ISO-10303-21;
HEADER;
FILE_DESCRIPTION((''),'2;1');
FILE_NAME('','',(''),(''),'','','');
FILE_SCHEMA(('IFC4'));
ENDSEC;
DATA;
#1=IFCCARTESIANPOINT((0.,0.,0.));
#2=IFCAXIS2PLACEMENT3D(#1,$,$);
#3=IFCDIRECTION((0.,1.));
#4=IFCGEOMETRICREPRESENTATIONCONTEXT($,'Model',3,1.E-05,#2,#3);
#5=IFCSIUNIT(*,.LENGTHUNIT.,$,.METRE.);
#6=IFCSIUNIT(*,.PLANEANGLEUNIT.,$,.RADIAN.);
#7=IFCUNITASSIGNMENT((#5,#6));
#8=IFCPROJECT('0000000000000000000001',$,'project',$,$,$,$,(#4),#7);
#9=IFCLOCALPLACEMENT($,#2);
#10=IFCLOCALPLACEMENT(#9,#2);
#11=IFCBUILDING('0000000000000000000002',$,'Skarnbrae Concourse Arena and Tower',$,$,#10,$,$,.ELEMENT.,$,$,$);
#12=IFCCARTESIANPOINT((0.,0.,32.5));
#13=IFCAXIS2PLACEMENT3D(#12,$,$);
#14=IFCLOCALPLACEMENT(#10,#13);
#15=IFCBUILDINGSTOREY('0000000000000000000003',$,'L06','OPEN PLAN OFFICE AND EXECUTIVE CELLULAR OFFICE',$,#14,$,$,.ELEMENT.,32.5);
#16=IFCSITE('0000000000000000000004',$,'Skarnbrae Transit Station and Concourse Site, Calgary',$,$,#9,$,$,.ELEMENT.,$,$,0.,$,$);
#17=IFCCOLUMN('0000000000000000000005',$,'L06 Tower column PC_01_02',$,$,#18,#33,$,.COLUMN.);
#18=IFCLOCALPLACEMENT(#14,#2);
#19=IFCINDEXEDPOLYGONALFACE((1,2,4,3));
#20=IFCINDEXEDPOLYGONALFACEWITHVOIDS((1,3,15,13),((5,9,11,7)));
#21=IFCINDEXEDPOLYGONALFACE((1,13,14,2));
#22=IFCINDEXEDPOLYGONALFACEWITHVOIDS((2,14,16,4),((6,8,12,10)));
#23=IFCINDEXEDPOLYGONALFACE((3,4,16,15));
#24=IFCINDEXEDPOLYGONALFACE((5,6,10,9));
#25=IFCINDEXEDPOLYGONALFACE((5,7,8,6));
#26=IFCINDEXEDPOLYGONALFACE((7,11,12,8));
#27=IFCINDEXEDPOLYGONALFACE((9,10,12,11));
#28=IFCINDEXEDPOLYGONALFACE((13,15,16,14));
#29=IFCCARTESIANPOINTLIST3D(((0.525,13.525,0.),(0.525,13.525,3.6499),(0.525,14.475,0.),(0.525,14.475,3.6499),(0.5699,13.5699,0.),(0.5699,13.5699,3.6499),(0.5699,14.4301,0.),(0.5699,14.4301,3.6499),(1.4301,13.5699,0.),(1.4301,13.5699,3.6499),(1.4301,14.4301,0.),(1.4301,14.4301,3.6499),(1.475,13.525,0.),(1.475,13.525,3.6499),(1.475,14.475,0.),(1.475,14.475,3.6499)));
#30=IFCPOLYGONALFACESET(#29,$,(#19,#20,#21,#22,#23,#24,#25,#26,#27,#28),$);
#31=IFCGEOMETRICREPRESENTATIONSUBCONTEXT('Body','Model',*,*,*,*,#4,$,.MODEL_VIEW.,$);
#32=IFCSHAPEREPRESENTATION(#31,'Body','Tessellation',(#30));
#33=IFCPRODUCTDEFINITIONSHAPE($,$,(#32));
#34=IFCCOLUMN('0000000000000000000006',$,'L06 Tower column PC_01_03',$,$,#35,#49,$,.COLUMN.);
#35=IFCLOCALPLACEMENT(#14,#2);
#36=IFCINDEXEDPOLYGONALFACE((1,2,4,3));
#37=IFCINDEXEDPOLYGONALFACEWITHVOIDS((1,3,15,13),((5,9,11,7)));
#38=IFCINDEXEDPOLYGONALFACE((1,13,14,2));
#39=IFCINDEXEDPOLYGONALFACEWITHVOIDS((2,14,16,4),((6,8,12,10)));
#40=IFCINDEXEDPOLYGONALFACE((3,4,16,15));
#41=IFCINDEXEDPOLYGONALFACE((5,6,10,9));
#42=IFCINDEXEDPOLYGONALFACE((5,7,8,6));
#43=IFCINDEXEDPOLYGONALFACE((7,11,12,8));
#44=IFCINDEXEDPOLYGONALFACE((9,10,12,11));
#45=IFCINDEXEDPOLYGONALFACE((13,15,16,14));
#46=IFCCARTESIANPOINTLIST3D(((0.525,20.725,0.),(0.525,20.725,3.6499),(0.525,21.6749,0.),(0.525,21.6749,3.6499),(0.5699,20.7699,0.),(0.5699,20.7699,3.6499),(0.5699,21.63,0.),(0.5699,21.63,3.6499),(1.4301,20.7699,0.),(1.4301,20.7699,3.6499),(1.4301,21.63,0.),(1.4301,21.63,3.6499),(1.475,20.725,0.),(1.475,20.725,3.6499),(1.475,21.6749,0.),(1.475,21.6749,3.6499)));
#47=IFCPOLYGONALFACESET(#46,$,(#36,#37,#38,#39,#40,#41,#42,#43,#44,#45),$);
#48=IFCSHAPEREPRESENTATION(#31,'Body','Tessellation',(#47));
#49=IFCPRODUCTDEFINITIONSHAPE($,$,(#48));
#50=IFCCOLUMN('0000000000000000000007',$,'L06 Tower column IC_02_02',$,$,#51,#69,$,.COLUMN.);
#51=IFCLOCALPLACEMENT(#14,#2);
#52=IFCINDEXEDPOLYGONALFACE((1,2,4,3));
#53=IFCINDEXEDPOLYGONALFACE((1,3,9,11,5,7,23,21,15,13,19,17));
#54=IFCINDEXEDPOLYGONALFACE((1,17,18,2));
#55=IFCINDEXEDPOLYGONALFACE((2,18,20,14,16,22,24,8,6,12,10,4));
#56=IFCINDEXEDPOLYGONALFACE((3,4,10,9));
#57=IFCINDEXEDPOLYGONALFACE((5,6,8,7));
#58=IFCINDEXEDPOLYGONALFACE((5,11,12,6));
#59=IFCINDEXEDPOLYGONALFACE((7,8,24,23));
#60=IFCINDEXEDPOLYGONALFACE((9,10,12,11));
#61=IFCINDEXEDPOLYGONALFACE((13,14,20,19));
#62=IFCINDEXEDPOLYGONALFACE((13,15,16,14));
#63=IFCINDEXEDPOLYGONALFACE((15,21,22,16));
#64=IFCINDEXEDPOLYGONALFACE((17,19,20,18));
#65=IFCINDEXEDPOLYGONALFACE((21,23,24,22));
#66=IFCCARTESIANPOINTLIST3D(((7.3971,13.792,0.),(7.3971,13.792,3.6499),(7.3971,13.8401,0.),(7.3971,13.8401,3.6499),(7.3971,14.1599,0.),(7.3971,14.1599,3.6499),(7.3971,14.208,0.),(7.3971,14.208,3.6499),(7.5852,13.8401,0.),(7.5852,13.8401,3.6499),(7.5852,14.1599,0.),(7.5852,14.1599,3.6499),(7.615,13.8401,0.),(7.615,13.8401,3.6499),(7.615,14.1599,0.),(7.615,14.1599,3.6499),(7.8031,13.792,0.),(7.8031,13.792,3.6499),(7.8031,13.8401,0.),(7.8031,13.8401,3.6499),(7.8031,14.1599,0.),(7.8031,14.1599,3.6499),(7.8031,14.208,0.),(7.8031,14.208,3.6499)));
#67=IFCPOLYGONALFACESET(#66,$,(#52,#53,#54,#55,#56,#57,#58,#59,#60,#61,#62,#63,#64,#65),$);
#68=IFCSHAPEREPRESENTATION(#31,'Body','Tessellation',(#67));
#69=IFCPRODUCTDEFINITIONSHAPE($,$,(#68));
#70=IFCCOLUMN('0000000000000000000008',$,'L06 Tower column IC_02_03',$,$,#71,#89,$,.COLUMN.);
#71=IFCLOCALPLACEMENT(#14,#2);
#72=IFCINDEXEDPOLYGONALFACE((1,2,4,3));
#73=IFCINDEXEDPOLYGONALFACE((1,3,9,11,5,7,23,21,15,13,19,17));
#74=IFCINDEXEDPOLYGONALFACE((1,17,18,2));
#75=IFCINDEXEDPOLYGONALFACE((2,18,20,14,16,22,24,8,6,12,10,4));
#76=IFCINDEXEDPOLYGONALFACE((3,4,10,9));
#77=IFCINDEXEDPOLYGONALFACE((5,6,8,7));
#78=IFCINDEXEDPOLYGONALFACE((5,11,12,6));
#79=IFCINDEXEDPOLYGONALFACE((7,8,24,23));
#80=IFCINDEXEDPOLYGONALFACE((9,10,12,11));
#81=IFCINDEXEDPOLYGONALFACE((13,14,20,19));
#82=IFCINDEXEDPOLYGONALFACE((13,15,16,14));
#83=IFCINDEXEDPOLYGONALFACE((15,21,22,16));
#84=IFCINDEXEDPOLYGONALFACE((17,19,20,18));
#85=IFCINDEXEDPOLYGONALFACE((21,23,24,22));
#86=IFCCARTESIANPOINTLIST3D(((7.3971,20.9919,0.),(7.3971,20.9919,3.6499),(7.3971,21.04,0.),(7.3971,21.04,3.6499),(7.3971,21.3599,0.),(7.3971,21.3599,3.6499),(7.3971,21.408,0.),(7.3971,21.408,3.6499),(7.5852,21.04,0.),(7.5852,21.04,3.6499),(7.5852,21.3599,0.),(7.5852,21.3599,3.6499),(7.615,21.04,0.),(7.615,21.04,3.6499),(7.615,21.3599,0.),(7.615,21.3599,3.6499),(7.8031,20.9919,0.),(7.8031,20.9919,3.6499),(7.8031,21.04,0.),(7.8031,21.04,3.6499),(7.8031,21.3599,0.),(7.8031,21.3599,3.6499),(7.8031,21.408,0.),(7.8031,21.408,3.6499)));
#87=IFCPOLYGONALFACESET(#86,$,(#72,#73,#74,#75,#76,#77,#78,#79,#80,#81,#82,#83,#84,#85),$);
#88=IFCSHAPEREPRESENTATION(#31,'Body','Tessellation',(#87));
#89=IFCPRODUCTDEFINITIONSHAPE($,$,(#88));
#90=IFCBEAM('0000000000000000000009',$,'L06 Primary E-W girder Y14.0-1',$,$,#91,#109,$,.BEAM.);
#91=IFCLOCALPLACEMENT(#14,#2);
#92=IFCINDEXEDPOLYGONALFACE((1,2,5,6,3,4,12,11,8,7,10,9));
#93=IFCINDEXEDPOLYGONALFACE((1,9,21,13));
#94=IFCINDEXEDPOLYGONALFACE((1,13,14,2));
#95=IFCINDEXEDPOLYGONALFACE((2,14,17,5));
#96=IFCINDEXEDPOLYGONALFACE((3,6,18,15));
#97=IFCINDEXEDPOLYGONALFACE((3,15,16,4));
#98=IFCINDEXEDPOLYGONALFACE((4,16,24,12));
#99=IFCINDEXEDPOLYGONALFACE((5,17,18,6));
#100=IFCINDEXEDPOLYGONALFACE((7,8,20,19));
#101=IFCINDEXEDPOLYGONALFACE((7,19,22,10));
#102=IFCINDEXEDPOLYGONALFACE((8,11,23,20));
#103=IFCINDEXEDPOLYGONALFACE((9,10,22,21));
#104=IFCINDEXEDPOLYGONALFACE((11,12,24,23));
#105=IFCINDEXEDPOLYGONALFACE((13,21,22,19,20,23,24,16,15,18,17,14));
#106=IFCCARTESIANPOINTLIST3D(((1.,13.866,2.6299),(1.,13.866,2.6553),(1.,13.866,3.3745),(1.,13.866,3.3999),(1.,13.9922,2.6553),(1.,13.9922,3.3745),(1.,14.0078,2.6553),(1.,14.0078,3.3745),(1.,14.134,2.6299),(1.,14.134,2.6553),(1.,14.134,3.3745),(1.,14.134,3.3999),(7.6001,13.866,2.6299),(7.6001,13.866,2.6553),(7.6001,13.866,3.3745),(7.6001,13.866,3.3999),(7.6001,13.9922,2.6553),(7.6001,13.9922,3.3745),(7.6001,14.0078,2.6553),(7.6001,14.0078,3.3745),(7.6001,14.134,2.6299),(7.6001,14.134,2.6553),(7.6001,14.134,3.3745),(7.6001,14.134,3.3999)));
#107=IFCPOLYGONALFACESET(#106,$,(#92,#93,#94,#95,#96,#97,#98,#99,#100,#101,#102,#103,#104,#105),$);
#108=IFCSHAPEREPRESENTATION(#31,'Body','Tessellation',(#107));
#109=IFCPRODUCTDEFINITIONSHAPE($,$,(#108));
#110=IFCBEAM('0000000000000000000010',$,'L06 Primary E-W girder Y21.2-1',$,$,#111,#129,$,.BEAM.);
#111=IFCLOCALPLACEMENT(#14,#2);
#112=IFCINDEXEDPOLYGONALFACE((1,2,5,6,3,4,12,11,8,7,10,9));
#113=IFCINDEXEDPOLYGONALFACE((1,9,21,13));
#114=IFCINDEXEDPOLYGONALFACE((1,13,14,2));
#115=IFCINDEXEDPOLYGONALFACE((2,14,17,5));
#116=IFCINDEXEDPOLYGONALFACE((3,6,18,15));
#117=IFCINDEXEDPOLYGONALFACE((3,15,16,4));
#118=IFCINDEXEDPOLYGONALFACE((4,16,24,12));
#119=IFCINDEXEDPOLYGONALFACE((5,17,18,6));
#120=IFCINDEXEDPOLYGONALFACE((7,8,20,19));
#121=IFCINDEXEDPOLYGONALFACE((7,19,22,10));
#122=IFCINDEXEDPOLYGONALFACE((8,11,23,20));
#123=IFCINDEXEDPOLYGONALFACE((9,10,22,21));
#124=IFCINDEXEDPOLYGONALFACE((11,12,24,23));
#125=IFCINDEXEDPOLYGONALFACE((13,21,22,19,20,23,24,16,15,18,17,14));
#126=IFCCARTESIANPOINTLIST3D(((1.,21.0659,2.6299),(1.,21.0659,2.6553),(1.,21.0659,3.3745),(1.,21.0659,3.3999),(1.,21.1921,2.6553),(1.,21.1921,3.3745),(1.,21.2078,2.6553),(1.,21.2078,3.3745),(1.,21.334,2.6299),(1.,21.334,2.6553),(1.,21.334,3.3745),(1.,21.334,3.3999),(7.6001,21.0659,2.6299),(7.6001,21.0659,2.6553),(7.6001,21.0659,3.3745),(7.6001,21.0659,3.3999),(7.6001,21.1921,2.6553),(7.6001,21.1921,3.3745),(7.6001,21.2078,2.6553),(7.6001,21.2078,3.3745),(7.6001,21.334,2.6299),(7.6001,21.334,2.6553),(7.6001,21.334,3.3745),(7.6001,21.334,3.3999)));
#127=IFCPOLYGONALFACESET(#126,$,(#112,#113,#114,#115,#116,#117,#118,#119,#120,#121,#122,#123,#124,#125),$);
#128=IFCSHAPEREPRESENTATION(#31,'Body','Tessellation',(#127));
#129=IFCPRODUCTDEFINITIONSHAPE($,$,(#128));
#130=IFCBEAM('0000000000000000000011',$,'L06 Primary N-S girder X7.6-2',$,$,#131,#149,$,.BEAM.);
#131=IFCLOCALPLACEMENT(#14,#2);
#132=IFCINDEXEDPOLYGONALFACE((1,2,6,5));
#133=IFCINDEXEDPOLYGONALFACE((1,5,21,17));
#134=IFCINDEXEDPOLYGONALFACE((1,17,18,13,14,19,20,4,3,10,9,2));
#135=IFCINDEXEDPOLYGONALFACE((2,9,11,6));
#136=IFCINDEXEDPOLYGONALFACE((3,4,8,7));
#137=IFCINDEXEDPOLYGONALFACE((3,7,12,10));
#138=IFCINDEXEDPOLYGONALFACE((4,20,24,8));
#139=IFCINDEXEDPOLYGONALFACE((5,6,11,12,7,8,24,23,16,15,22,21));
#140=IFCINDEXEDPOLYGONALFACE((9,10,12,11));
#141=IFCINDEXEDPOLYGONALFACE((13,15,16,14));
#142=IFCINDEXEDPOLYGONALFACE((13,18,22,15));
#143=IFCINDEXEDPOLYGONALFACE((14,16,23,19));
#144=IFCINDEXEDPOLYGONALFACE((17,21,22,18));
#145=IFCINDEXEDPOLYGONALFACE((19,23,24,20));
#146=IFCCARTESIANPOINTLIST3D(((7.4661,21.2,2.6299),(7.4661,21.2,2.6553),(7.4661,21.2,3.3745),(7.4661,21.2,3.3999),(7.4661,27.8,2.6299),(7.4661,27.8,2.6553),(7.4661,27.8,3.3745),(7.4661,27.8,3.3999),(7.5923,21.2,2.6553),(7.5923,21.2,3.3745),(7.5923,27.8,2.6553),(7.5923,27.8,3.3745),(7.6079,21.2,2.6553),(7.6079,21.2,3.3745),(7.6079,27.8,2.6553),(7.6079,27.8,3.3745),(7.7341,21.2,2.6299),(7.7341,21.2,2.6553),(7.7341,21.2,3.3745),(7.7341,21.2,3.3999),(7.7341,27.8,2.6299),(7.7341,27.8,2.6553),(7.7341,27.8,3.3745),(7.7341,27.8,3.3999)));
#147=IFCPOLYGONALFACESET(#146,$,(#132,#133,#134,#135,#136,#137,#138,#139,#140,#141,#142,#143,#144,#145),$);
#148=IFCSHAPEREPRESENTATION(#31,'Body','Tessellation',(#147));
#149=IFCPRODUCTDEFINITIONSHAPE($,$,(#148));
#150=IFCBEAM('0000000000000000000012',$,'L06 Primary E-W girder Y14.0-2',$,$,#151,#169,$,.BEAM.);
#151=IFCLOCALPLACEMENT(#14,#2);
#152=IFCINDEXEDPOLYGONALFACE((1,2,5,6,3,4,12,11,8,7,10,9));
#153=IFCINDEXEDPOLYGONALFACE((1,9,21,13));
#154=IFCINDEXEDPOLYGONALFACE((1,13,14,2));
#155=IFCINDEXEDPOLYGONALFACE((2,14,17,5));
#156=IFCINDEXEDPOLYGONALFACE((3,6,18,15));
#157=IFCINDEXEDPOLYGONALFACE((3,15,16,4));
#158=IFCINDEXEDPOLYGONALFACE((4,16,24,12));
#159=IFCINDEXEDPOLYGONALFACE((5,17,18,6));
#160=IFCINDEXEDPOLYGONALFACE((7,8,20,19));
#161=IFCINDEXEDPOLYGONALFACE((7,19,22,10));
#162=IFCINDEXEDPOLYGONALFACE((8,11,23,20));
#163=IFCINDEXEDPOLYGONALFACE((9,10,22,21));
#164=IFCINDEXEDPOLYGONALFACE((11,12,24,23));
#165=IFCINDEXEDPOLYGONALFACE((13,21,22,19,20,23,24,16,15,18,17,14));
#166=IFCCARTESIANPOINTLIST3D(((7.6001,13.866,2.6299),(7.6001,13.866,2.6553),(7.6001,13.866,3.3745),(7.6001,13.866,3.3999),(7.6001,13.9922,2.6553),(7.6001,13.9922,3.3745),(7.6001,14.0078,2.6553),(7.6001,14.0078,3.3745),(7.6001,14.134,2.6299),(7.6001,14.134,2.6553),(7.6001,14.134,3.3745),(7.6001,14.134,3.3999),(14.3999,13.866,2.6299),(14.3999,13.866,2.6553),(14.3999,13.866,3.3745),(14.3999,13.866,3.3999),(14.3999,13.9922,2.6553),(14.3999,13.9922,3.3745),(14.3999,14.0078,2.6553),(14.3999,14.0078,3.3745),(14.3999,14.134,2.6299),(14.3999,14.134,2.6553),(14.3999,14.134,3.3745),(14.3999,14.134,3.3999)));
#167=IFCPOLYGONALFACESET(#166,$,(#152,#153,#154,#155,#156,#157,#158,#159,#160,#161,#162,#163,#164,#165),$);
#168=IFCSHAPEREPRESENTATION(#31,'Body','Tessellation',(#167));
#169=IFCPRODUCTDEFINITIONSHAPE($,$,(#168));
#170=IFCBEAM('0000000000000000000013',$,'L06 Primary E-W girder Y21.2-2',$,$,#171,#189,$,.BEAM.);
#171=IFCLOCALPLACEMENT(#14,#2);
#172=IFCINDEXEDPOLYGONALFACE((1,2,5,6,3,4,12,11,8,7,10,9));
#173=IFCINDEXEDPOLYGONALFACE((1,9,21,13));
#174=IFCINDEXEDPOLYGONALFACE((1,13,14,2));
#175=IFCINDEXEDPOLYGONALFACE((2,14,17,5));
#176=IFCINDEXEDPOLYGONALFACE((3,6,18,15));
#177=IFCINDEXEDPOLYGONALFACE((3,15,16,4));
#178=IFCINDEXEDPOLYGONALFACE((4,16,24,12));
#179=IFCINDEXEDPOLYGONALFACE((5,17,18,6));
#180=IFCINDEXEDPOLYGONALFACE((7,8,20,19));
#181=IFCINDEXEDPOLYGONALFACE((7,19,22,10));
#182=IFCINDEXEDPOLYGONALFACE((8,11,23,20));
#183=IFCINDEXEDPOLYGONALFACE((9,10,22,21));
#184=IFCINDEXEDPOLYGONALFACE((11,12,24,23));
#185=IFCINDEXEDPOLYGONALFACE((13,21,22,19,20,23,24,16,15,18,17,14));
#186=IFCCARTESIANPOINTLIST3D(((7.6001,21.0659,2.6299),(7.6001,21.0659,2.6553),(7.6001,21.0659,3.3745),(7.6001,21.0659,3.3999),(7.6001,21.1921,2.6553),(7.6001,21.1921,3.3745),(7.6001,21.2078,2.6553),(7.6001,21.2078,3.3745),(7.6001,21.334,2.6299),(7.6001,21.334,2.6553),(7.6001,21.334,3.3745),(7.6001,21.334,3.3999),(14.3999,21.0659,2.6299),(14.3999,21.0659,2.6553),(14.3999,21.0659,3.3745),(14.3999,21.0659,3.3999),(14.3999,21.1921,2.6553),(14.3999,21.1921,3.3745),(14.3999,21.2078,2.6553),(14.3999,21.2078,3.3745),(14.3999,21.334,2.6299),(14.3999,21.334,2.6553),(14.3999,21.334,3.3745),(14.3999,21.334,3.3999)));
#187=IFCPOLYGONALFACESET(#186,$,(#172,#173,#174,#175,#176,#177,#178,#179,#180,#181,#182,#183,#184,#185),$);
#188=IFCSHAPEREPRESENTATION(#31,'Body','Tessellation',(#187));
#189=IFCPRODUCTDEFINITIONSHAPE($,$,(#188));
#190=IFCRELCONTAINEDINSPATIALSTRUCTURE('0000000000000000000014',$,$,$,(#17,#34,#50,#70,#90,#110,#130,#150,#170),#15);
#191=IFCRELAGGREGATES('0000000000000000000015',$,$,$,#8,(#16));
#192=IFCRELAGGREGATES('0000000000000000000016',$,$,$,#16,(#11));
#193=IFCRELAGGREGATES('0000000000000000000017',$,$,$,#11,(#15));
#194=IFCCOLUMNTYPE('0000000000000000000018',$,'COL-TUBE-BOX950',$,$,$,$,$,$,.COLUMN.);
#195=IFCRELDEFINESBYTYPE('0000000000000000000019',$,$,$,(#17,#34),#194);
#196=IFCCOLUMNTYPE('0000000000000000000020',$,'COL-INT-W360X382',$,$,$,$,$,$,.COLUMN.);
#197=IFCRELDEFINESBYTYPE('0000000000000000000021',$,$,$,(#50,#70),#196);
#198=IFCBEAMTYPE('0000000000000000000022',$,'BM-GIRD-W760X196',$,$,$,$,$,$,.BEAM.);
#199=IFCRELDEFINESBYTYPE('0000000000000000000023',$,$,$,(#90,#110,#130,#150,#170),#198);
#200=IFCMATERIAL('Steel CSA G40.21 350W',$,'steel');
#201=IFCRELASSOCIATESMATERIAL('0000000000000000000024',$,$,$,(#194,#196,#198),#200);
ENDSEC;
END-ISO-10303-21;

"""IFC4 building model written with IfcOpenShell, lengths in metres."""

from ifc_helpers import new_model, si_unit, direction, frame, origin, origin_2d, place, context, subcontext, project, spatial, hollow_rectangle, i_section, extrude, source, transform, mapped, material, material_profile, profile_set, type_object, element, save


model = new_model("IFC4")

# Units and contexts
model_context = context("Model", 3, precision=1e-05, world=origin(), true_north=direction((0.0, 1.0)))
body_context = subcontext(model_context, "Body", "Model", "MODEL_VIEW")
ifc_project = project(units=[si_unit("LENGTHUNIT", "METRE"), si_unit("PLANEANGLEUNIT", "RADIAN")], contexts=[model_context])

# Site, building, storey
site_placement = place(None, origin())
site = spatial("IfcSite", under=ifc_project, at=site_placement, Name="Skarnbrae Transit Station and Concourse Site, Calgary", CompositionType="ELEMENT", RefElevation=0.0)
building_placement = place(site_placement, origin())
building = spatial("IfcBuilding", under=site, at=building_placement, Name="Skarnbrae Concourse Arena and Tower", CompositionType="ELEMENT")
storey_placement = place(building_placement, frame((0.0, 0.0, 32.5)))
storey = spatial("IfcBuildingStorey", under=building, at=storey_placement, Name="L06", Description="OPEN PLAN OFFICE AND EXECUTIVE CELLULAR OFFICE", CompositionType="ELEMENT", Elevation=32.5)

# Columns
ifc_material_1 = material(Name="Steel CSA G40.21 350W", Category="steel")
ifc_material_profile_1 = material_profile(ifc_material_1, hollow_rectangle(XDim=0.95, YDim=0.95, WallThickness=0.0449, at=origin_2d()), Name="BOX950X950X45")
ifc_profile_set_1 = profile_set([ifc_material_profile_1], Name="Steel CSA G40.21 350W")
column_type_1 = type_object("IfcColumnType", Name="COL-TUBE-BOX950", PredefinedType="COLUMN", material=ifc_profile_set_1)
shared_shape_1 = source(origin(), body_context, "Body", "SweptSolid", [
    extrude(hollow_rectangle(XDim=0.95, YDim=0.95, WallThickness=0.0449, at=origin_2d()), origin(), (0.0, 0.0, 1.0), 3.6499),
])
for number, where, z_axis, x_axis, name in (
    (1, (1.0, 14.0, 0.0), (0.0, 0.0, 1.0), (1.0, 0.0, 0.0), "L06 Tower column PC_01_02"),
    (2, (1.0, 21.2, 0.0), (0.0, 0.0, 1.0), (1.0, 0.0, 0.0), "L06 Tower column PC_01_03"),
):
    element("IfcColumn", number, at=place(storey_placement, frame(where, z_axis=z_axis, x_axis=x_axis)), inside=storey, type_object=column_type_1, Name=name, PredefinedType="COLUMN", context=body_context, shape_type="MappedRepresentation", body=[
        mapped(shared_shape_1, transform((0.0, 0.0, 0.0))),
    ])
ifc_material_profile_2 = material_profile(ifc_material_1, i_section(OverallWidth=0.406, OverallDepth=0.416, WebThickness=0.0298, FlangeThickness=0.0481, at=origin_2d()), Name="W360X382")
ifc_profile_set_2 = profile_set([ifc_material_profile_2], Name="Steel CSA G40.21 350W")
column_type_2 = type_object("IfcColumnType", Name="COL-INT-W360X382", PredefinedType="COLUMN", material=ifc_profile_set_2)
shared_shape_2 = source(origin(), body_context, "Body", "SweptSolid", [
    extrude(i_section(OverallWidth=0.406, OverallDepth=0.416, WebThickness=0.0298, FlangeThickness=0.0481, at=origin_2d()), origin(), (0.0, 0.0, 1.0), 3.6499),
])
for number, where, z_axis, x_axis, name in (
    (3, (7.6001, 14.0, 0.0), (0.0, 0.0, 1.0), (1.0, 0.0, 0.0), "L06 Tower column IC_02_02"),
    (4, (7.6001, 21.2, 0.0), (0.0, 0.0, 1.0), (1.0, 0.0, 0.0), "L06 Tower column IC_02_03"),
):
    element("IfcColumn", number, at=place(storey_placement, frame(where, z_axis=z_axis, x_axis=x_axis)), inside=storey, type_object=column_type_2, Name=name, PredefinedType="COLUMN", context=body_context, shape_type="MappedRepresentation", body=[
        mapped(shared_shape_2, transform((0.0, 0.0, 0.0))),
    ])

# Beams
ifc_material_profile_3 = material_profile(ifc_material_1, i_section(OverallWidth=0.2681, OverallDepth=0.77, WebThickness=0.0156, FlangeThickness=0.0254, at=origin_2d()), Name="W760X196")
ifc_profile_set_3 = profile_set([ifc_material_profile_3], Name="Steel CSA G40.21 350W")
beam_type_1 = type_object("IfcBeamType", Name="BM-GIRD-W760X196", PredefinedType="BEAM", material=ifc_profile_set_3)
shared_shape_3 = source(origin(), body_context, "Body", "SweptSolid", [
    extrude(i_section(OverallWidth=0.2681, OverallDepth=0.77, WebThickness=0.0156, FlangeThickness=0.0254, at=origin_2d()), origin(), (0.0, 0.0, 1.0), 6.6001),
])
for number, where, z_axis, x_axis, name in (
    (5, (1.0, 14.0, 3.0149), (1.0, 0.0, 0.0), (0.0, 1.0, 0.0), "L06 Primary E-W girder Y14.0-1"),
    (6, (1.0, 21.2, 3.0149), (1.0, 0.0, 0.0), (0.0, 1.0, 0.0), "L06 Primary E-W girder Y21.2-1"),
    (7, (7.6001, 21.2, 3.0149), (0.0, 1.0, 0.0), (-1.0, 0.0, 0.0), "L06 Primary N-S girder X7.6-2"),
):
    element("IfcBeam", number, at=place(storey_placement, frame(where, z_axis=z_axis, x_axis=x_axis)), inside=storey, type_object=beam_type_1, Name=name, PredefinedType="BEAM", context=body_context, shape_type="MappedRepresentation", body=[
        mapped(shared_shape_3, transform((0.0, 0.0, 0.0))),
    ])
shared_shape_4 = source(origin(), body_context, "Body", "SweptSolid", [
    extrude(i_section(OverallWidth=0.2681, OverallDepth=0.77, WebThickness=0.0156, FlangeThickness=0.0254, at=origin_2d()), origin(), (0.0, 0.0, 1.0), 6.7998),
])
for number, where, z_axis, x_axis, name in (
    (8, (7.6001, 14.0, 3.0149), (1.0, 0.0, 0.0), (0.0, 1.0, 0.0), "L06 Primary E-W girder Y14.0-2"),
    (9, (7.6001, 21.2, 3.0149), (1.0, 0.0, 0.0), (0.0, 1.0, 0.0), "L06 Primary E-W girder Y21.2-2"),
):
    element("IfcBeam", number, at=place(storey_placement, frame(where, z_axis=z_axis, x_axis=x_axis)), inside=storey, type_object=beam_type_1, Name=name, PredefinedType="BEAM", context=body_context, shape_type="MappedRepresentation", body=[
        mapped(shared_shape_4, transform((0.0, 0.0, 0.0))),
    ])

save(model, "model.ifc")
